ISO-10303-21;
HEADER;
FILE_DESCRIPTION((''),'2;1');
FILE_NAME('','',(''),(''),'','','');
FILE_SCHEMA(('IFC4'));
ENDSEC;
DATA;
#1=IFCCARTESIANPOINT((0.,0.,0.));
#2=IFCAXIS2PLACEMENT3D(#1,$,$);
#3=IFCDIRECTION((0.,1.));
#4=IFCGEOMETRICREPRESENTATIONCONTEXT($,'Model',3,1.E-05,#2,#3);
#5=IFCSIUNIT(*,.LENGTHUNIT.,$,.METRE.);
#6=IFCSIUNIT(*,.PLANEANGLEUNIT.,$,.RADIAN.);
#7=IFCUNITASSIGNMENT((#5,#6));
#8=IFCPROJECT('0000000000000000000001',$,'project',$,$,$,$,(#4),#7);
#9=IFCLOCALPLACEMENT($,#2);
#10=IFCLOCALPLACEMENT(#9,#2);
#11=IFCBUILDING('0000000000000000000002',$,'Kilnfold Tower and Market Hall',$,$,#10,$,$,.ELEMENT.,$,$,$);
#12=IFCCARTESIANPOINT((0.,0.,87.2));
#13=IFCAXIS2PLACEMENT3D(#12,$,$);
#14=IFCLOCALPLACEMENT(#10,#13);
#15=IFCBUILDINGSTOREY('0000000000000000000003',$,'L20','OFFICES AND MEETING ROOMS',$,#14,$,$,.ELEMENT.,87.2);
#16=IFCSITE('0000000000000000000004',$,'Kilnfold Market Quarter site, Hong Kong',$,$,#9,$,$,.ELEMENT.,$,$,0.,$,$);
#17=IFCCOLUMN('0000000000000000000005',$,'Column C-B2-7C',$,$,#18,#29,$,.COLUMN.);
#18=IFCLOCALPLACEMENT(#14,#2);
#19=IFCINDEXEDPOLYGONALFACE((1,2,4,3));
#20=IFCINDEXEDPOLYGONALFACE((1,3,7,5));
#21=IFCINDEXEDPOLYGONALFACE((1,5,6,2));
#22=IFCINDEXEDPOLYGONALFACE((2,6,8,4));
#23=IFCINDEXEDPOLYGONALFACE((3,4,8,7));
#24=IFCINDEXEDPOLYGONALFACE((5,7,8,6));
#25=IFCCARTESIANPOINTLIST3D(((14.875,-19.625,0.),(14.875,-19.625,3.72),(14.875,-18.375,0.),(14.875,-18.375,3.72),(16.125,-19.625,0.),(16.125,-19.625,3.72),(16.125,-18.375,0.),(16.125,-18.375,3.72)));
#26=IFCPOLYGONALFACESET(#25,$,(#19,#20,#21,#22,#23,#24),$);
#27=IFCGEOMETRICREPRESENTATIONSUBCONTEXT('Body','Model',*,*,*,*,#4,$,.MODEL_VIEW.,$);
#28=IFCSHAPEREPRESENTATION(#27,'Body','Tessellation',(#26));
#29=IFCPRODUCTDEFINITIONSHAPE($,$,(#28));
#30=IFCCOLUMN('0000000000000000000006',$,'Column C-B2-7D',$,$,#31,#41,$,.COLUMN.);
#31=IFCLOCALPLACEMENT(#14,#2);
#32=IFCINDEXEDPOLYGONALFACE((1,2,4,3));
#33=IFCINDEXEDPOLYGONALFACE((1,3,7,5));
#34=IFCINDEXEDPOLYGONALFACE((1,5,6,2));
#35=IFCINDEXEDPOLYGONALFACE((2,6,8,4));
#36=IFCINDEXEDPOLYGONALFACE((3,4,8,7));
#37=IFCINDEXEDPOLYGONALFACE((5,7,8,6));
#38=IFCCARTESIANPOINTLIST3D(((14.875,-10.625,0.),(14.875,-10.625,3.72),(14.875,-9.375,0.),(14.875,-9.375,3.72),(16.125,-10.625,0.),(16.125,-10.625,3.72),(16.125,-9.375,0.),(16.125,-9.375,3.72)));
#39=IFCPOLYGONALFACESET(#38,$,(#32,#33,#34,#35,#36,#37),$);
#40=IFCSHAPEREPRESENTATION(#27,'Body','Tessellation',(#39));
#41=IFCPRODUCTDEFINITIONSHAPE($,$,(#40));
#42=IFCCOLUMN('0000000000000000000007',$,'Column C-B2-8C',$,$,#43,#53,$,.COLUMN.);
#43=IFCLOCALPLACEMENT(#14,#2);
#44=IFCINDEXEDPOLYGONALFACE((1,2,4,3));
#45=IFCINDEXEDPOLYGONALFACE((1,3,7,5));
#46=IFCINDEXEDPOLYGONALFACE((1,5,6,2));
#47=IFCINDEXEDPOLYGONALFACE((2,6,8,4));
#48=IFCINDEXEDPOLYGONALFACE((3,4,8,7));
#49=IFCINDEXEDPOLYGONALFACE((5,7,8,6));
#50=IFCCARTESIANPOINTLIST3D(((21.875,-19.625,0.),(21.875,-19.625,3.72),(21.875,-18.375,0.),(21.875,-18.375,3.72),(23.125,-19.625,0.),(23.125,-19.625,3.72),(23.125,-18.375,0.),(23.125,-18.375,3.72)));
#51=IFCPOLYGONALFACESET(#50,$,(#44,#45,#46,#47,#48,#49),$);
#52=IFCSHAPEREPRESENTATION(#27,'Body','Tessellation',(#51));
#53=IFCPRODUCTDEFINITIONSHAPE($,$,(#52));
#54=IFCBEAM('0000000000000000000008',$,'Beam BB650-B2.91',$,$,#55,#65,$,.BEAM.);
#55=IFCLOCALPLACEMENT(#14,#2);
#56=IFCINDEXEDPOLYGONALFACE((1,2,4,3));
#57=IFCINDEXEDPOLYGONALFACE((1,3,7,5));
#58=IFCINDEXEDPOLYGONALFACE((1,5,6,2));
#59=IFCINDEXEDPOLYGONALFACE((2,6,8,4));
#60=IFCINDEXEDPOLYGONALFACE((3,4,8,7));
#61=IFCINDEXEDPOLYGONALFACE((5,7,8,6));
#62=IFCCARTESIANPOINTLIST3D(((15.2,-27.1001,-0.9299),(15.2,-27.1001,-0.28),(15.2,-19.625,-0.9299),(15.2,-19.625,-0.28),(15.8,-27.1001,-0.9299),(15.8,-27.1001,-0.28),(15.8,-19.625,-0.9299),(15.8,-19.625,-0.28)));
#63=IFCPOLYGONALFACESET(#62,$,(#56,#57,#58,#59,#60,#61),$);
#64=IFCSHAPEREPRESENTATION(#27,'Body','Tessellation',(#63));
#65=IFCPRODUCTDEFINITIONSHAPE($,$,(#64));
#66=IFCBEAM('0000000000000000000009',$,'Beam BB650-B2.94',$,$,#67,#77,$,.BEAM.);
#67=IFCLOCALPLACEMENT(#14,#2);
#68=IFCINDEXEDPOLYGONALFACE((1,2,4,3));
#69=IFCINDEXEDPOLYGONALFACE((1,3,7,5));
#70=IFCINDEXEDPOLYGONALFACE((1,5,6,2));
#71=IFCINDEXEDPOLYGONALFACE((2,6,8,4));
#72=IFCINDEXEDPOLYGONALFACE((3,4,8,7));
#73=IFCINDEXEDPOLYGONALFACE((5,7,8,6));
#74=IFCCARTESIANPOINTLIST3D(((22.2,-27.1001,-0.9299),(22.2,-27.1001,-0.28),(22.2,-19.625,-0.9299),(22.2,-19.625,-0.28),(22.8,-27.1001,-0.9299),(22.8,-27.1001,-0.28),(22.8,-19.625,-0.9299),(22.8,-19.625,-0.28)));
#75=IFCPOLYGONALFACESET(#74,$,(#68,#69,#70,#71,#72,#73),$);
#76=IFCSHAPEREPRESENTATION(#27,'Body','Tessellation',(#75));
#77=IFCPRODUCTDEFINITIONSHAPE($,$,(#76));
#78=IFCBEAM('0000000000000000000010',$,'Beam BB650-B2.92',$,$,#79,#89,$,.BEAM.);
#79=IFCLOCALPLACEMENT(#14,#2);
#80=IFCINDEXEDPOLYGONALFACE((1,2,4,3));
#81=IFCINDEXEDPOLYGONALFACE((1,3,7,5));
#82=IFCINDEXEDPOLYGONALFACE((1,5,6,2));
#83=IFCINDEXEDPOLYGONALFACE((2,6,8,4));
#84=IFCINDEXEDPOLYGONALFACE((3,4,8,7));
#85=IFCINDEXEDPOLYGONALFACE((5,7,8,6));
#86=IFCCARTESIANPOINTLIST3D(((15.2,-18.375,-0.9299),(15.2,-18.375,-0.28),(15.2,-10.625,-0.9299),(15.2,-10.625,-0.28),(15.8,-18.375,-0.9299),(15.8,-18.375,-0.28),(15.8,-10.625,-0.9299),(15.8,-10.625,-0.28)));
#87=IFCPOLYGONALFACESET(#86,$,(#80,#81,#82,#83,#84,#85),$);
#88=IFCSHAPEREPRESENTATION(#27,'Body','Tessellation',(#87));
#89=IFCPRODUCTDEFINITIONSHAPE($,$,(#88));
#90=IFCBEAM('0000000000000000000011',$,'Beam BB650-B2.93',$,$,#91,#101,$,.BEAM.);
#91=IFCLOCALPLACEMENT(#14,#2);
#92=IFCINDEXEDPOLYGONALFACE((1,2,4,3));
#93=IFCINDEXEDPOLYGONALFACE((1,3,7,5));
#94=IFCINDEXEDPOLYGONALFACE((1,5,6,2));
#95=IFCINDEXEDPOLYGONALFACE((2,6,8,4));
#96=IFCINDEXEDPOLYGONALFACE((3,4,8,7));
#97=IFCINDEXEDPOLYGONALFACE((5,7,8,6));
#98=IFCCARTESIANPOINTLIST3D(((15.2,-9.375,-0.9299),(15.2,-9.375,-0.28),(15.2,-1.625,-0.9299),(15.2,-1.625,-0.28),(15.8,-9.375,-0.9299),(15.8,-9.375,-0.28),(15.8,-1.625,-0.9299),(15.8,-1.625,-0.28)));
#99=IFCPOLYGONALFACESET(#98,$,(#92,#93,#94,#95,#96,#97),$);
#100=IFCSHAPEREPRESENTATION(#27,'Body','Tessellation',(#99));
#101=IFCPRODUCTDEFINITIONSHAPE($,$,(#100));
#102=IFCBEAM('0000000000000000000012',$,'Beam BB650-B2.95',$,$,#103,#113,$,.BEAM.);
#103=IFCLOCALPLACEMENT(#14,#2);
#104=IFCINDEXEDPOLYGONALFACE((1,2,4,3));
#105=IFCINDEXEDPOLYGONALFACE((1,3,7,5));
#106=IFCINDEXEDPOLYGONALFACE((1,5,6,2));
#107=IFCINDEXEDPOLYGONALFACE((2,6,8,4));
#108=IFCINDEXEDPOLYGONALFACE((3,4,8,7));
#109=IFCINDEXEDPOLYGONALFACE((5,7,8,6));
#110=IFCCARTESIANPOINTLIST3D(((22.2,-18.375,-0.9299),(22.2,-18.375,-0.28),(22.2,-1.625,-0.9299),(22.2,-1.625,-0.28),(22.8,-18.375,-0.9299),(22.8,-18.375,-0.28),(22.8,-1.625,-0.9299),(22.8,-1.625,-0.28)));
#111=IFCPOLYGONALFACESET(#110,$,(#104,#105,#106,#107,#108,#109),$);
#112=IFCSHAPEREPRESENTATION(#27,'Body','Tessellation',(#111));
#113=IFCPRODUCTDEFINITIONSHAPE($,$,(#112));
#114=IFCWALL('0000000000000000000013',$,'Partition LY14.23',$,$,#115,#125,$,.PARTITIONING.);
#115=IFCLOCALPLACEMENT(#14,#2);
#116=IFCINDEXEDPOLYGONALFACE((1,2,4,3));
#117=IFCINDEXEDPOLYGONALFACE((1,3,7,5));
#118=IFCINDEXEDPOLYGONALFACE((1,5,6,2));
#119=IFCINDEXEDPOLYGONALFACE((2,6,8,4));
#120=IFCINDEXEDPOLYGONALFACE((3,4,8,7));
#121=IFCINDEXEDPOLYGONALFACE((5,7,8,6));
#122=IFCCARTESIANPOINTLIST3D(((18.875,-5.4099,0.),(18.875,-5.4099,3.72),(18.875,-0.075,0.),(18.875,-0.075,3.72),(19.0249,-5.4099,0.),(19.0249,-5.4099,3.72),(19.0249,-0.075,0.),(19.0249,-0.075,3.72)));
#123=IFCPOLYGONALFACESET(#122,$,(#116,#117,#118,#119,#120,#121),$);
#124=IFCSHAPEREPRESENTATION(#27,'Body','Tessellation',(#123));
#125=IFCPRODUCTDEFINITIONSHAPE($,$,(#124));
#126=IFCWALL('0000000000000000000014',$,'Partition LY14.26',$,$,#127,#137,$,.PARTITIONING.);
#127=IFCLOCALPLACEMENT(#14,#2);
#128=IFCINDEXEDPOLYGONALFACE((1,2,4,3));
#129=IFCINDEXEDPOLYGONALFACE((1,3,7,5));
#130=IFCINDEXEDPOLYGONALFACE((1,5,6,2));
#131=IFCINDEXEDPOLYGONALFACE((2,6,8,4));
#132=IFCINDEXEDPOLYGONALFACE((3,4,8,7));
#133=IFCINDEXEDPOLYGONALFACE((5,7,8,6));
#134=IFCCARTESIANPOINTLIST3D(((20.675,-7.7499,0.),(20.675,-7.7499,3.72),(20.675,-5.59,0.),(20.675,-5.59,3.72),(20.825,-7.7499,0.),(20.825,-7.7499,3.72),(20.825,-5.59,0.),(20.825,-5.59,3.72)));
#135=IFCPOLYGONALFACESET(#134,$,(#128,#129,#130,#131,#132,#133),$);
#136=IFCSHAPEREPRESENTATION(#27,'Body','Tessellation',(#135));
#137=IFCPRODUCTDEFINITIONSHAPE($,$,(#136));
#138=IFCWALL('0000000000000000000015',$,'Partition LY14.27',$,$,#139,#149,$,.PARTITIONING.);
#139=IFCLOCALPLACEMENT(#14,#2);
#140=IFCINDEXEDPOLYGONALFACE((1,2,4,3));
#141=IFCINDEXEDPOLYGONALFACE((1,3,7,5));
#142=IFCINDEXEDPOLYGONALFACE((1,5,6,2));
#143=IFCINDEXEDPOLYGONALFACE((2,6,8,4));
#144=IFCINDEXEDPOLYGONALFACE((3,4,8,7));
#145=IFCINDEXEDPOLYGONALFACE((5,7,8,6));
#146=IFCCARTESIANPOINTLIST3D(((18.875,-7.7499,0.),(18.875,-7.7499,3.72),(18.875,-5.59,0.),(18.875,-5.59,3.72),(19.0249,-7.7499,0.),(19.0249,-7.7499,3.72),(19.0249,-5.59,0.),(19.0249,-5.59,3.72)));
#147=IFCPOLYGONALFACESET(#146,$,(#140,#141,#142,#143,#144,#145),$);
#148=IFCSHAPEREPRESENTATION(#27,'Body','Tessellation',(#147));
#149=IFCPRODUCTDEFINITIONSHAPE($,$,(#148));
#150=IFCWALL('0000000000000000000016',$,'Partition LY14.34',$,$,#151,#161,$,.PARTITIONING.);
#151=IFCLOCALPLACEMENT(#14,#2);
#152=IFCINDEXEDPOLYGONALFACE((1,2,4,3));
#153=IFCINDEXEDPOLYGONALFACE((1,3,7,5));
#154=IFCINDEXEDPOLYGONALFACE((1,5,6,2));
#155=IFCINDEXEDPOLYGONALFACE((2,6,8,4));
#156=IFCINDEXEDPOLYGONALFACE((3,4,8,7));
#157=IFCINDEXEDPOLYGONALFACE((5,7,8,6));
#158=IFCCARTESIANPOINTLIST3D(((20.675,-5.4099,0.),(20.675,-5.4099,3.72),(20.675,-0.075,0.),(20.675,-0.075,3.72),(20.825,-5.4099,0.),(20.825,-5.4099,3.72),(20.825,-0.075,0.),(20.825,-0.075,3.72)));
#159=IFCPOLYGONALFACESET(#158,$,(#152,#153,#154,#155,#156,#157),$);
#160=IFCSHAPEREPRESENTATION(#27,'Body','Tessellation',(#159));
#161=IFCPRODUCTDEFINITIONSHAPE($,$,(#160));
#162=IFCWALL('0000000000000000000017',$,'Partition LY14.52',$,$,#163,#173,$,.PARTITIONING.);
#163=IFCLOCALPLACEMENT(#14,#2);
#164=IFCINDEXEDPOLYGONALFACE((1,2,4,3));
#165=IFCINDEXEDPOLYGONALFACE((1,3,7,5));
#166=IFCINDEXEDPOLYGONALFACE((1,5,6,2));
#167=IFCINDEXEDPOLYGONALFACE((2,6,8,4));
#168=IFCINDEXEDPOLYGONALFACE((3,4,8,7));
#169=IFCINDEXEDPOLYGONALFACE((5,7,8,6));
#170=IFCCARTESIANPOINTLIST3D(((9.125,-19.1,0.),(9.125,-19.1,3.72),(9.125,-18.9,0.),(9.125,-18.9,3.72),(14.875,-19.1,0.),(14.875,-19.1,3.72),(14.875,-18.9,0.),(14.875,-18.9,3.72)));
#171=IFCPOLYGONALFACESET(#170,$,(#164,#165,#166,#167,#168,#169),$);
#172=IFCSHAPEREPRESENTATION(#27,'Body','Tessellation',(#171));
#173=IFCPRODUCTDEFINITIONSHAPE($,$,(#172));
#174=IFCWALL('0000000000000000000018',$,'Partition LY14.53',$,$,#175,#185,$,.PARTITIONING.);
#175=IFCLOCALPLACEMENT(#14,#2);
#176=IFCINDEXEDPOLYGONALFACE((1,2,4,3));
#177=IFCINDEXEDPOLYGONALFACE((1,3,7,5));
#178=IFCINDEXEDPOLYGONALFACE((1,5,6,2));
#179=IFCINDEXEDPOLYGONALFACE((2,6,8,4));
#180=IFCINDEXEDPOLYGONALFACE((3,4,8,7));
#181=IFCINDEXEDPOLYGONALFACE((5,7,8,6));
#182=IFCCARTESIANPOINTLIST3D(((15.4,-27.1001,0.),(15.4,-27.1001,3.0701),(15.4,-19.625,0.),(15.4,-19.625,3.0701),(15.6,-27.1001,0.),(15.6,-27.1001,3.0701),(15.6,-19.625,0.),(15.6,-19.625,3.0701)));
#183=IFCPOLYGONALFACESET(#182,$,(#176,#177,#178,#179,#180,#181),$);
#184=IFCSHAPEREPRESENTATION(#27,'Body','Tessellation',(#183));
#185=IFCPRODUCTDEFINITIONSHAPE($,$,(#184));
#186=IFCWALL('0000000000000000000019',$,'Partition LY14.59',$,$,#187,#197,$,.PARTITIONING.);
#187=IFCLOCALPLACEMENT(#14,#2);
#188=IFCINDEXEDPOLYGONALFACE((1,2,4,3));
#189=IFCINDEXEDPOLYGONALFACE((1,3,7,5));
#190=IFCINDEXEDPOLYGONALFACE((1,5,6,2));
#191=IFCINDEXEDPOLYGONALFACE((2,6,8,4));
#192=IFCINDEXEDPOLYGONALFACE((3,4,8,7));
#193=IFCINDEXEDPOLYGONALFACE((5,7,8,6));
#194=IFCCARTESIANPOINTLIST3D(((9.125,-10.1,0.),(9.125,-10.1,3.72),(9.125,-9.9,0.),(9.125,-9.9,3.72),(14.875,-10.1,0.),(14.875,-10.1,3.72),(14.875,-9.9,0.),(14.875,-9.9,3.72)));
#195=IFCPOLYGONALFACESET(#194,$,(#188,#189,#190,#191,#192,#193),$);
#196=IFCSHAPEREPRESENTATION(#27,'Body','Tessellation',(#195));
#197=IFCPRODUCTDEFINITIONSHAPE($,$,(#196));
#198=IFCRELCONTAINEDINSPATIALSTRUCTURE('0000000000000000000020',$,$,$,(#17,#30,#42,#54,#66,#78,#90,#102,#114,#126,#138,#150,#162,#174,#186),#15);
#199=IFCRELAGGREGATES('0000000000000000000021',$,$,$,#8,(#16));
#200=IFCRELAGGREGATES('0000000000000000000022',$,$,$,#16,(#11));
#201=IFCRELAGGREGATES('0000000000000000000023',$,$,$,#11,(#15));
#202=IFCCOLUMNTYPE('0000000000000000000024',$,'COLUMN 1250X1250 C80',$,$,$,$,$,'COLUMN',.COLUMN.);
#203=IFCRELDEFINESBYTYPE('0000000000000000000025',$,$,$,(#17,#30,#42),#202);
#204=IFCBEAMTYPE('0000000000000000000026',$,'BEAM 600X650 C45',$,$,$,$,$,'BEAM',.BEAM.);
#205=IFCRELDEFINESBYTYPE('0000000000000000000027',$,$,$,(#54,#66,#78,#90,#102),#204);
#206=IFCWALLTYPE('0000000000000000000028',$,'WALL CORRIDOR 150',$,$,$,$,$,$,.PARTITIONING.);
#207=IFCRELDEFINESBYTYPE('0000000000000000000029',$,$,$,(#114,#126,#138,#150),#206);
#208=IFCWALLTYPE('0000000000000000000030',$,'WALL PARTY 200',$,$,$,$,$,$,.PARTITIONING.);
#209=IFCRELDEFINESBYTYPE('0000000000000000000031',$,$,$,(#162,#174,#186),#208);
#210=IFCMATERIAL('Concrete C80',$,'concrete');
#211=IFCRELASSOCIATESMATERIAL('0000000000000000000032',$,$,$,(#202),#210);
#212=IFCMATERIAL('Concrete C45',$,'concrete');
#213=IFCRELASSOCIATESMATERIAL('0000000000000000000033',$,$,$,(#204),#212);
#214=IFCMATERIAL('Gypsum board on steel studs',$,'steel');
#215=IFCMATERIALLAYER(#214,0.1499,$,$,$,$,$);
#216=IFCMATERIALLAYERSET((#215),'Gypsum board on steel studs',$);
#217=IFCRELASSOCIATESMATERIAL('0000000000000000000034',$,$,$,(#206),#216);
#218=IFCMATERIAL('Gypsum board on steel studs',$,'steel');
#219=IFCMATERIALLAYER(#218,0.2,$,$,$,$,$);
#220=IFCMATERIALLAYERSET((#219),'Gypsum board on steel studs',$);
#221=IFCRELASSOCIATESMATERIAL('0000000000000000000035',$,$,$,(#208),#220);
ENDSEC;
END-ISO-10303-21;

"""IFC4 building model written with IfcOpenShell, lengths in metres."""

from ifc_helpers import new_model, si_unit, direction, frame, frame_2d, origin, origin_2d, place, context, subcontext, project, spatial, rectangle, extrude, source, transform, mapped, material, layer, layer_set, material_profile, profile_set, type_object, element, save


model = new_model("IFC4")

# Units and contexts
model_context = context("Model", 3, precision=1e-05, world=origin(), true_north=direction((0.0, 1.0)))
body_context = subcontext(model_context, "Body", "Model", "MODEL_VIEW")
ifc_project = project(units=[si_unit("LENGTHUNIT", "METRE"), si_unit("PLANEANGLEUNIT", "RADIAN")], contexts=[model_context])

# Site, building, storey
site_placement = place(None, origin())
site = spatial("IfcSite", under=ifc_project, at=site_placement, Name="Kilnfold Market Quarter site, Hong Kong", CompositionType="ELEMENT", RefElevation=0.0)
building_placement = place(site_placement, origin())
building = spatial("IfcBuilding", under=site, at=building_placement, Name="Kilnfold Tower and Market Hall", CompositionType="ELEMENT")
storey_placement = place(building_placement, frame((0.0, 0.0, 87.2)))
storey = spatial("IfcBuildingStorey", under=building, at=storey_placement, Name="L20", Description="OFFICES AND MEETING ROOMS", CompositionType="ELEMENT", Elevation=87.2)

# Columns
ifc_material_1 = material(Name="Concrete C80", Category="concrete")
ifc_material_profile_1 = material_profile(ifc_material_1, rectangle(XDim=1.25, YDim=1.25, at=origin_2d()), Name="RC 1250x1250")
ifc_profile_set_1 = profile_set([ifc_material_profile_1], Name="Concrete C80")
column_type = type_object("IfcColumnType", Name="COLUMN 1250X1250 C80", ElementType="COLUMN", PredefinedType="COLUMN", material=ifc_profile_set_1)
shared_shape_1 = source(origin(), body_context, "Body", "SweptSolid", [
    extrude(rectangle(XDim=1.25, YDim=1.25, at=origin_2d()), origin(), (0.0, 0.0, 1.0), 3.72),
])
for number, where, z_axis, x_axis, name in (
    (1, (15.5, -19.0, 0.0), (0.0, 0.0, 1.0), (1.0, 0.0, 0.0), "Column C-B2-7C"),
    (2, (15.5, -10.0, 0.0), (0.0, 0.0, 1.0), (1.0, 0.0, 0.0), "Column C-B2-7D"),
    (3, (22.5, -19.0, 0.0), (0.0, 0.0, 1.0), (1.0, 0.0, 0.0), "Column C-B2-8C"),
):
    element("IfcColumn", number, at=place(storey_placement, frame(where, z_axis=z_axis, x_axis=x_axis)), inside=storey, type_object=column_type, Name=name, PredefinedType="COLUMN", context=body_context, shape_type="MappedRepresentation", body=[
        mapped(shared_shape_1, transform((0.0, 0.0, 0.0))),
    ])

# Beams
ifc_material_2 = material(Name="Concrete C45", Category="concrete")
ifc_material_profile_2 = material_profile(ifc_material_2, rectangle(XDim=0.6001, YDim=0.6499, at=origin_2d()), Name="RC 600x650")
ifc_profile_set_2 = profile_set([ifc_material_profile_2], Name="Concrete C45")
beam_type = type_object("IfcBeamType", Name="BEAM 600X650 C45", ElementType="BEAM", PredefinedType="BEAM", material=ifc_profile_set_2)
shared_shape_2 = source(origin(), body_context, "Body", "SweptSolid", [
    extrude(rectangle(XDim=0.6001, YDim=0.6499, at=origin_2d()), origin(), (0.0, 0.0, 1.0), 7.4751),
])
for number, where, z_axis, x_axis, name in (
    (4, (15.5, -27.1001, -0.605), (0.0, 1.0, 0.0), (-1.0, 0.0, 0.0), "Beam BB650-B2.91"),
    (5, (22.5, -27.1001, -0.605), (0.0, 1.0, 0.0), (-1.0, 0.0, 0.0), "Beam BB650-B2.94"),
):
    element("IfcBeam", number, at=place(storey_placement, frame(where, z_axis=z_axis, x_axis=x_axis)), inside=storey, type_object=beam_type, Name=name, PredefinedType="BEAM", context=body_context, shape_type="MappedRepresentation", body=[
        mapped(shared_shape_2, transform((0.0, 0.0, 0.0))),
    ])
shared_shape_3 = source(origin(), body_context, "Body", "SweptSolid", [
    extrude(rectangle(XDim=0.6001, YDim=0.6499, at=origin_2d()), origin(), (0.0, 0.0, 1.0), 7.75),
])
for number, where, z_axis, x_axis, name in (
    (6, (15.5, -18.375, -0.605), (0.0, 1.0, 0.0), (-1.0, 0.0, 0.0), "Beam BB650-B2.92"),
    (7, (15.5, -9.375, -0.605), (0.0, 1.0, 0.0), (-1.0, 0.0, 0.0), "Beam BB650-B2.93"),
):
    element("IfcBeam", number, at=place(storey_placement, frame(where, z_axis=z_axis, x_axis=x_axis)), inside=storey, type_object=beam_type, Name=name, PredefinedType="BEAM", context=body_context, shape_type="MappedRepresentation", body=[
        mapped(shared_shape_3, transform((0.0, 0.0, 0.0))),
    ])
shared_shape_4 = source(origin(), body_context, "Body", "SweptSolid", [
    extrude(rectangle(XDim=0.6001, YDim=0.6499, at=origin_2d()), origin(), (0.0, 0.0, 1.0), 16.75),
])
beam_placement = place(storey_placement, frame((22.5, -18.375, -0.605), z_axis=(0.0, 1.0, 0.0), x_axis=(-1.0, 0.0, 0.0)))
element("IfcBeam", 8, at=beam_placement, inside=storey, type_object=beam_type, Name="Beam BB650-B2.95", PredefinedType="BEAM", context=body_context, shape_type="MappedRepresentation", body=[
    mapped(shared_shape_4, transform((0.0, 0.0, 0.0))),
])

# Walls
ifc_material_3 = material(Name="Gypsum board on steel studs", Category="steel")
ifc_layer_1 = layer(ifc_material_3, 0.1499)
ifc_layer_set_1 = layer_set([ifc_layer_1], Name="Gypsum board on steel studs")
wall_type_1 = type_object("IfcWallType", Name="WALL CORRIDOR 150", PredefinedType="PARTITIONING", material=ifc_layer_set_1)
wall_1_placement = place(storey_placement, frame((18.95, -5.4099, 0.0), z_axis=(0.0, 0.0, 1.0), x_axis=(0.0, 1.0, 0.0)))
element("IfcWall", 9, at=wall_1_placement, inside=storey, type_object=wall_type_1, Name="Partition LY14.23", PredefinedType="PARTITIONING", context=body_context, shape_type="SweptSolid", body=[
    extrude(rectangle(XDim=5.335, YDim=0.1499, at=frame_2d((2.6675, 0.0))), origin(), (0.0, 0.0, 1.0), 3.72),
])
for number, where, z_axis, x_axis, name in (
    (10, (20.75, -7.75, 0.0), (0.0, 0.0, 1.0), (0.0, 1.0, 0.0), "Partition LY14.26"),
    (11, (18.95, -7.75, 0.0), (0.0, 0.0, 1.0), (0.0, 1.0, 0.0), "Partition LY14.27"),
):
    element("IfcWall", number, at=place(storey_placement, frame(where, z_axis=z_axis, x_axis=x_axis)), inside=storey, type_object=wall_type_1, Name=name, PredefinedType="PARTITIONING", context=body_context, shape_type="SweptSolid", body=[
        extrude(rectangle(XDim=2.1599, YDim=0.1499, at=frame_2d((1.0801, 0.0))), origin(), (0.0, 0.0, 1.0), 3.72),
    ])
wall_2_placement = place(storey_placement, frame((20.75, -5.4099, 0.0), z_axis=(0.0, 0.0, 1.0), x_axis=(0.0, 1.0, 0.0)))
element("IfcWall", 12, at=wall_2_placement, inside=storey, type_object=wall_type_1, Name="Partition LY14.34", PredefinedType="PARTITIONING", context=body_context, shape_type="SweptSolid", body=[
    extrude(rectangle(XDim=5.335, YDim=0.1499, at=frame_2d((2.6675, 0.0))), origin(), (0.0, 0.0, 1.0), 3.72),
])
ifc_material_4 = material(Name="Gypsum board on steel studs", Category="steel")
ifc_layer_2 = layer(ifc_material_4, 0.2)
ifc_layer_set_2 = layer_set([ifc_layer_2], Name="Gypsum board on steel studs")
wall_type_2 = type_object("IfcWallType", Name="WALL PARTY 200", PredefinedType="PARTITIONING", material=ifc_layer_set_2)
wall_3_placement = place(storey_placement, frame((9.125, -19.0, 0.0), z_axis=(0.0, 0.0, 1.0), x_axis=(1.0, 0.0, 0.0)))
element("IfcWall", 13, at=wall_3_placement, inside=storey, type_object=wall_type_2, Name="Partition LY14.52", PredefinedType="PARTITIONING", context=body_context, shape_type="SweptSolid", body=[
    extrude(rectangle(XDim=5.75, YDim=0.2, at=frame_2d((2.875, 0.0))), origin(), (0.0, 0.0, 1.0), 3.72),
])
wall_4_placement = place(storey_placement, frame((15.5, -27.1001, 0.0), z_axis=(0.0, 0.0, 1.0), x_axis=(0.0, 1.0, 0.0)))
element("IfcWall", 14, at=wall_4_placement, inside=storey, type_object=wall_type_2, Name="Partition LY14.53", PredefinedType="PARTITIONING", context=body_context, shape_type="SweptSolid", body=[
    extrude(rectangle(XDim=7.4751, YDim=0.2, at=frame_2d((3.7375, 0.0))), origin(), (0.0, 0.0, 1.0), 3.0701),
])
wall_5_placement = place(storey_placement, frame((9.125, -10.0, 0.0), z_axis=(0.0, 0.0, 1.0), x_axis=(1.0, 0.0, 0.0)))
element("IfcWall", 15, at=wall_5_placement, inside=storey, type_object=wall_type_2, Name="Partition LY14.59", PredefinedType="PARTITIONING", context=body_context, shape_type="SweptSolid", body=[
    extrude(rectangle(XDim=5.75, YDim=0.2, at=frame_2d((2.875, 0.0))), origin(), (0.0, 0.0, 1.0), 3.72),
])

save(model, "model.ifc")
